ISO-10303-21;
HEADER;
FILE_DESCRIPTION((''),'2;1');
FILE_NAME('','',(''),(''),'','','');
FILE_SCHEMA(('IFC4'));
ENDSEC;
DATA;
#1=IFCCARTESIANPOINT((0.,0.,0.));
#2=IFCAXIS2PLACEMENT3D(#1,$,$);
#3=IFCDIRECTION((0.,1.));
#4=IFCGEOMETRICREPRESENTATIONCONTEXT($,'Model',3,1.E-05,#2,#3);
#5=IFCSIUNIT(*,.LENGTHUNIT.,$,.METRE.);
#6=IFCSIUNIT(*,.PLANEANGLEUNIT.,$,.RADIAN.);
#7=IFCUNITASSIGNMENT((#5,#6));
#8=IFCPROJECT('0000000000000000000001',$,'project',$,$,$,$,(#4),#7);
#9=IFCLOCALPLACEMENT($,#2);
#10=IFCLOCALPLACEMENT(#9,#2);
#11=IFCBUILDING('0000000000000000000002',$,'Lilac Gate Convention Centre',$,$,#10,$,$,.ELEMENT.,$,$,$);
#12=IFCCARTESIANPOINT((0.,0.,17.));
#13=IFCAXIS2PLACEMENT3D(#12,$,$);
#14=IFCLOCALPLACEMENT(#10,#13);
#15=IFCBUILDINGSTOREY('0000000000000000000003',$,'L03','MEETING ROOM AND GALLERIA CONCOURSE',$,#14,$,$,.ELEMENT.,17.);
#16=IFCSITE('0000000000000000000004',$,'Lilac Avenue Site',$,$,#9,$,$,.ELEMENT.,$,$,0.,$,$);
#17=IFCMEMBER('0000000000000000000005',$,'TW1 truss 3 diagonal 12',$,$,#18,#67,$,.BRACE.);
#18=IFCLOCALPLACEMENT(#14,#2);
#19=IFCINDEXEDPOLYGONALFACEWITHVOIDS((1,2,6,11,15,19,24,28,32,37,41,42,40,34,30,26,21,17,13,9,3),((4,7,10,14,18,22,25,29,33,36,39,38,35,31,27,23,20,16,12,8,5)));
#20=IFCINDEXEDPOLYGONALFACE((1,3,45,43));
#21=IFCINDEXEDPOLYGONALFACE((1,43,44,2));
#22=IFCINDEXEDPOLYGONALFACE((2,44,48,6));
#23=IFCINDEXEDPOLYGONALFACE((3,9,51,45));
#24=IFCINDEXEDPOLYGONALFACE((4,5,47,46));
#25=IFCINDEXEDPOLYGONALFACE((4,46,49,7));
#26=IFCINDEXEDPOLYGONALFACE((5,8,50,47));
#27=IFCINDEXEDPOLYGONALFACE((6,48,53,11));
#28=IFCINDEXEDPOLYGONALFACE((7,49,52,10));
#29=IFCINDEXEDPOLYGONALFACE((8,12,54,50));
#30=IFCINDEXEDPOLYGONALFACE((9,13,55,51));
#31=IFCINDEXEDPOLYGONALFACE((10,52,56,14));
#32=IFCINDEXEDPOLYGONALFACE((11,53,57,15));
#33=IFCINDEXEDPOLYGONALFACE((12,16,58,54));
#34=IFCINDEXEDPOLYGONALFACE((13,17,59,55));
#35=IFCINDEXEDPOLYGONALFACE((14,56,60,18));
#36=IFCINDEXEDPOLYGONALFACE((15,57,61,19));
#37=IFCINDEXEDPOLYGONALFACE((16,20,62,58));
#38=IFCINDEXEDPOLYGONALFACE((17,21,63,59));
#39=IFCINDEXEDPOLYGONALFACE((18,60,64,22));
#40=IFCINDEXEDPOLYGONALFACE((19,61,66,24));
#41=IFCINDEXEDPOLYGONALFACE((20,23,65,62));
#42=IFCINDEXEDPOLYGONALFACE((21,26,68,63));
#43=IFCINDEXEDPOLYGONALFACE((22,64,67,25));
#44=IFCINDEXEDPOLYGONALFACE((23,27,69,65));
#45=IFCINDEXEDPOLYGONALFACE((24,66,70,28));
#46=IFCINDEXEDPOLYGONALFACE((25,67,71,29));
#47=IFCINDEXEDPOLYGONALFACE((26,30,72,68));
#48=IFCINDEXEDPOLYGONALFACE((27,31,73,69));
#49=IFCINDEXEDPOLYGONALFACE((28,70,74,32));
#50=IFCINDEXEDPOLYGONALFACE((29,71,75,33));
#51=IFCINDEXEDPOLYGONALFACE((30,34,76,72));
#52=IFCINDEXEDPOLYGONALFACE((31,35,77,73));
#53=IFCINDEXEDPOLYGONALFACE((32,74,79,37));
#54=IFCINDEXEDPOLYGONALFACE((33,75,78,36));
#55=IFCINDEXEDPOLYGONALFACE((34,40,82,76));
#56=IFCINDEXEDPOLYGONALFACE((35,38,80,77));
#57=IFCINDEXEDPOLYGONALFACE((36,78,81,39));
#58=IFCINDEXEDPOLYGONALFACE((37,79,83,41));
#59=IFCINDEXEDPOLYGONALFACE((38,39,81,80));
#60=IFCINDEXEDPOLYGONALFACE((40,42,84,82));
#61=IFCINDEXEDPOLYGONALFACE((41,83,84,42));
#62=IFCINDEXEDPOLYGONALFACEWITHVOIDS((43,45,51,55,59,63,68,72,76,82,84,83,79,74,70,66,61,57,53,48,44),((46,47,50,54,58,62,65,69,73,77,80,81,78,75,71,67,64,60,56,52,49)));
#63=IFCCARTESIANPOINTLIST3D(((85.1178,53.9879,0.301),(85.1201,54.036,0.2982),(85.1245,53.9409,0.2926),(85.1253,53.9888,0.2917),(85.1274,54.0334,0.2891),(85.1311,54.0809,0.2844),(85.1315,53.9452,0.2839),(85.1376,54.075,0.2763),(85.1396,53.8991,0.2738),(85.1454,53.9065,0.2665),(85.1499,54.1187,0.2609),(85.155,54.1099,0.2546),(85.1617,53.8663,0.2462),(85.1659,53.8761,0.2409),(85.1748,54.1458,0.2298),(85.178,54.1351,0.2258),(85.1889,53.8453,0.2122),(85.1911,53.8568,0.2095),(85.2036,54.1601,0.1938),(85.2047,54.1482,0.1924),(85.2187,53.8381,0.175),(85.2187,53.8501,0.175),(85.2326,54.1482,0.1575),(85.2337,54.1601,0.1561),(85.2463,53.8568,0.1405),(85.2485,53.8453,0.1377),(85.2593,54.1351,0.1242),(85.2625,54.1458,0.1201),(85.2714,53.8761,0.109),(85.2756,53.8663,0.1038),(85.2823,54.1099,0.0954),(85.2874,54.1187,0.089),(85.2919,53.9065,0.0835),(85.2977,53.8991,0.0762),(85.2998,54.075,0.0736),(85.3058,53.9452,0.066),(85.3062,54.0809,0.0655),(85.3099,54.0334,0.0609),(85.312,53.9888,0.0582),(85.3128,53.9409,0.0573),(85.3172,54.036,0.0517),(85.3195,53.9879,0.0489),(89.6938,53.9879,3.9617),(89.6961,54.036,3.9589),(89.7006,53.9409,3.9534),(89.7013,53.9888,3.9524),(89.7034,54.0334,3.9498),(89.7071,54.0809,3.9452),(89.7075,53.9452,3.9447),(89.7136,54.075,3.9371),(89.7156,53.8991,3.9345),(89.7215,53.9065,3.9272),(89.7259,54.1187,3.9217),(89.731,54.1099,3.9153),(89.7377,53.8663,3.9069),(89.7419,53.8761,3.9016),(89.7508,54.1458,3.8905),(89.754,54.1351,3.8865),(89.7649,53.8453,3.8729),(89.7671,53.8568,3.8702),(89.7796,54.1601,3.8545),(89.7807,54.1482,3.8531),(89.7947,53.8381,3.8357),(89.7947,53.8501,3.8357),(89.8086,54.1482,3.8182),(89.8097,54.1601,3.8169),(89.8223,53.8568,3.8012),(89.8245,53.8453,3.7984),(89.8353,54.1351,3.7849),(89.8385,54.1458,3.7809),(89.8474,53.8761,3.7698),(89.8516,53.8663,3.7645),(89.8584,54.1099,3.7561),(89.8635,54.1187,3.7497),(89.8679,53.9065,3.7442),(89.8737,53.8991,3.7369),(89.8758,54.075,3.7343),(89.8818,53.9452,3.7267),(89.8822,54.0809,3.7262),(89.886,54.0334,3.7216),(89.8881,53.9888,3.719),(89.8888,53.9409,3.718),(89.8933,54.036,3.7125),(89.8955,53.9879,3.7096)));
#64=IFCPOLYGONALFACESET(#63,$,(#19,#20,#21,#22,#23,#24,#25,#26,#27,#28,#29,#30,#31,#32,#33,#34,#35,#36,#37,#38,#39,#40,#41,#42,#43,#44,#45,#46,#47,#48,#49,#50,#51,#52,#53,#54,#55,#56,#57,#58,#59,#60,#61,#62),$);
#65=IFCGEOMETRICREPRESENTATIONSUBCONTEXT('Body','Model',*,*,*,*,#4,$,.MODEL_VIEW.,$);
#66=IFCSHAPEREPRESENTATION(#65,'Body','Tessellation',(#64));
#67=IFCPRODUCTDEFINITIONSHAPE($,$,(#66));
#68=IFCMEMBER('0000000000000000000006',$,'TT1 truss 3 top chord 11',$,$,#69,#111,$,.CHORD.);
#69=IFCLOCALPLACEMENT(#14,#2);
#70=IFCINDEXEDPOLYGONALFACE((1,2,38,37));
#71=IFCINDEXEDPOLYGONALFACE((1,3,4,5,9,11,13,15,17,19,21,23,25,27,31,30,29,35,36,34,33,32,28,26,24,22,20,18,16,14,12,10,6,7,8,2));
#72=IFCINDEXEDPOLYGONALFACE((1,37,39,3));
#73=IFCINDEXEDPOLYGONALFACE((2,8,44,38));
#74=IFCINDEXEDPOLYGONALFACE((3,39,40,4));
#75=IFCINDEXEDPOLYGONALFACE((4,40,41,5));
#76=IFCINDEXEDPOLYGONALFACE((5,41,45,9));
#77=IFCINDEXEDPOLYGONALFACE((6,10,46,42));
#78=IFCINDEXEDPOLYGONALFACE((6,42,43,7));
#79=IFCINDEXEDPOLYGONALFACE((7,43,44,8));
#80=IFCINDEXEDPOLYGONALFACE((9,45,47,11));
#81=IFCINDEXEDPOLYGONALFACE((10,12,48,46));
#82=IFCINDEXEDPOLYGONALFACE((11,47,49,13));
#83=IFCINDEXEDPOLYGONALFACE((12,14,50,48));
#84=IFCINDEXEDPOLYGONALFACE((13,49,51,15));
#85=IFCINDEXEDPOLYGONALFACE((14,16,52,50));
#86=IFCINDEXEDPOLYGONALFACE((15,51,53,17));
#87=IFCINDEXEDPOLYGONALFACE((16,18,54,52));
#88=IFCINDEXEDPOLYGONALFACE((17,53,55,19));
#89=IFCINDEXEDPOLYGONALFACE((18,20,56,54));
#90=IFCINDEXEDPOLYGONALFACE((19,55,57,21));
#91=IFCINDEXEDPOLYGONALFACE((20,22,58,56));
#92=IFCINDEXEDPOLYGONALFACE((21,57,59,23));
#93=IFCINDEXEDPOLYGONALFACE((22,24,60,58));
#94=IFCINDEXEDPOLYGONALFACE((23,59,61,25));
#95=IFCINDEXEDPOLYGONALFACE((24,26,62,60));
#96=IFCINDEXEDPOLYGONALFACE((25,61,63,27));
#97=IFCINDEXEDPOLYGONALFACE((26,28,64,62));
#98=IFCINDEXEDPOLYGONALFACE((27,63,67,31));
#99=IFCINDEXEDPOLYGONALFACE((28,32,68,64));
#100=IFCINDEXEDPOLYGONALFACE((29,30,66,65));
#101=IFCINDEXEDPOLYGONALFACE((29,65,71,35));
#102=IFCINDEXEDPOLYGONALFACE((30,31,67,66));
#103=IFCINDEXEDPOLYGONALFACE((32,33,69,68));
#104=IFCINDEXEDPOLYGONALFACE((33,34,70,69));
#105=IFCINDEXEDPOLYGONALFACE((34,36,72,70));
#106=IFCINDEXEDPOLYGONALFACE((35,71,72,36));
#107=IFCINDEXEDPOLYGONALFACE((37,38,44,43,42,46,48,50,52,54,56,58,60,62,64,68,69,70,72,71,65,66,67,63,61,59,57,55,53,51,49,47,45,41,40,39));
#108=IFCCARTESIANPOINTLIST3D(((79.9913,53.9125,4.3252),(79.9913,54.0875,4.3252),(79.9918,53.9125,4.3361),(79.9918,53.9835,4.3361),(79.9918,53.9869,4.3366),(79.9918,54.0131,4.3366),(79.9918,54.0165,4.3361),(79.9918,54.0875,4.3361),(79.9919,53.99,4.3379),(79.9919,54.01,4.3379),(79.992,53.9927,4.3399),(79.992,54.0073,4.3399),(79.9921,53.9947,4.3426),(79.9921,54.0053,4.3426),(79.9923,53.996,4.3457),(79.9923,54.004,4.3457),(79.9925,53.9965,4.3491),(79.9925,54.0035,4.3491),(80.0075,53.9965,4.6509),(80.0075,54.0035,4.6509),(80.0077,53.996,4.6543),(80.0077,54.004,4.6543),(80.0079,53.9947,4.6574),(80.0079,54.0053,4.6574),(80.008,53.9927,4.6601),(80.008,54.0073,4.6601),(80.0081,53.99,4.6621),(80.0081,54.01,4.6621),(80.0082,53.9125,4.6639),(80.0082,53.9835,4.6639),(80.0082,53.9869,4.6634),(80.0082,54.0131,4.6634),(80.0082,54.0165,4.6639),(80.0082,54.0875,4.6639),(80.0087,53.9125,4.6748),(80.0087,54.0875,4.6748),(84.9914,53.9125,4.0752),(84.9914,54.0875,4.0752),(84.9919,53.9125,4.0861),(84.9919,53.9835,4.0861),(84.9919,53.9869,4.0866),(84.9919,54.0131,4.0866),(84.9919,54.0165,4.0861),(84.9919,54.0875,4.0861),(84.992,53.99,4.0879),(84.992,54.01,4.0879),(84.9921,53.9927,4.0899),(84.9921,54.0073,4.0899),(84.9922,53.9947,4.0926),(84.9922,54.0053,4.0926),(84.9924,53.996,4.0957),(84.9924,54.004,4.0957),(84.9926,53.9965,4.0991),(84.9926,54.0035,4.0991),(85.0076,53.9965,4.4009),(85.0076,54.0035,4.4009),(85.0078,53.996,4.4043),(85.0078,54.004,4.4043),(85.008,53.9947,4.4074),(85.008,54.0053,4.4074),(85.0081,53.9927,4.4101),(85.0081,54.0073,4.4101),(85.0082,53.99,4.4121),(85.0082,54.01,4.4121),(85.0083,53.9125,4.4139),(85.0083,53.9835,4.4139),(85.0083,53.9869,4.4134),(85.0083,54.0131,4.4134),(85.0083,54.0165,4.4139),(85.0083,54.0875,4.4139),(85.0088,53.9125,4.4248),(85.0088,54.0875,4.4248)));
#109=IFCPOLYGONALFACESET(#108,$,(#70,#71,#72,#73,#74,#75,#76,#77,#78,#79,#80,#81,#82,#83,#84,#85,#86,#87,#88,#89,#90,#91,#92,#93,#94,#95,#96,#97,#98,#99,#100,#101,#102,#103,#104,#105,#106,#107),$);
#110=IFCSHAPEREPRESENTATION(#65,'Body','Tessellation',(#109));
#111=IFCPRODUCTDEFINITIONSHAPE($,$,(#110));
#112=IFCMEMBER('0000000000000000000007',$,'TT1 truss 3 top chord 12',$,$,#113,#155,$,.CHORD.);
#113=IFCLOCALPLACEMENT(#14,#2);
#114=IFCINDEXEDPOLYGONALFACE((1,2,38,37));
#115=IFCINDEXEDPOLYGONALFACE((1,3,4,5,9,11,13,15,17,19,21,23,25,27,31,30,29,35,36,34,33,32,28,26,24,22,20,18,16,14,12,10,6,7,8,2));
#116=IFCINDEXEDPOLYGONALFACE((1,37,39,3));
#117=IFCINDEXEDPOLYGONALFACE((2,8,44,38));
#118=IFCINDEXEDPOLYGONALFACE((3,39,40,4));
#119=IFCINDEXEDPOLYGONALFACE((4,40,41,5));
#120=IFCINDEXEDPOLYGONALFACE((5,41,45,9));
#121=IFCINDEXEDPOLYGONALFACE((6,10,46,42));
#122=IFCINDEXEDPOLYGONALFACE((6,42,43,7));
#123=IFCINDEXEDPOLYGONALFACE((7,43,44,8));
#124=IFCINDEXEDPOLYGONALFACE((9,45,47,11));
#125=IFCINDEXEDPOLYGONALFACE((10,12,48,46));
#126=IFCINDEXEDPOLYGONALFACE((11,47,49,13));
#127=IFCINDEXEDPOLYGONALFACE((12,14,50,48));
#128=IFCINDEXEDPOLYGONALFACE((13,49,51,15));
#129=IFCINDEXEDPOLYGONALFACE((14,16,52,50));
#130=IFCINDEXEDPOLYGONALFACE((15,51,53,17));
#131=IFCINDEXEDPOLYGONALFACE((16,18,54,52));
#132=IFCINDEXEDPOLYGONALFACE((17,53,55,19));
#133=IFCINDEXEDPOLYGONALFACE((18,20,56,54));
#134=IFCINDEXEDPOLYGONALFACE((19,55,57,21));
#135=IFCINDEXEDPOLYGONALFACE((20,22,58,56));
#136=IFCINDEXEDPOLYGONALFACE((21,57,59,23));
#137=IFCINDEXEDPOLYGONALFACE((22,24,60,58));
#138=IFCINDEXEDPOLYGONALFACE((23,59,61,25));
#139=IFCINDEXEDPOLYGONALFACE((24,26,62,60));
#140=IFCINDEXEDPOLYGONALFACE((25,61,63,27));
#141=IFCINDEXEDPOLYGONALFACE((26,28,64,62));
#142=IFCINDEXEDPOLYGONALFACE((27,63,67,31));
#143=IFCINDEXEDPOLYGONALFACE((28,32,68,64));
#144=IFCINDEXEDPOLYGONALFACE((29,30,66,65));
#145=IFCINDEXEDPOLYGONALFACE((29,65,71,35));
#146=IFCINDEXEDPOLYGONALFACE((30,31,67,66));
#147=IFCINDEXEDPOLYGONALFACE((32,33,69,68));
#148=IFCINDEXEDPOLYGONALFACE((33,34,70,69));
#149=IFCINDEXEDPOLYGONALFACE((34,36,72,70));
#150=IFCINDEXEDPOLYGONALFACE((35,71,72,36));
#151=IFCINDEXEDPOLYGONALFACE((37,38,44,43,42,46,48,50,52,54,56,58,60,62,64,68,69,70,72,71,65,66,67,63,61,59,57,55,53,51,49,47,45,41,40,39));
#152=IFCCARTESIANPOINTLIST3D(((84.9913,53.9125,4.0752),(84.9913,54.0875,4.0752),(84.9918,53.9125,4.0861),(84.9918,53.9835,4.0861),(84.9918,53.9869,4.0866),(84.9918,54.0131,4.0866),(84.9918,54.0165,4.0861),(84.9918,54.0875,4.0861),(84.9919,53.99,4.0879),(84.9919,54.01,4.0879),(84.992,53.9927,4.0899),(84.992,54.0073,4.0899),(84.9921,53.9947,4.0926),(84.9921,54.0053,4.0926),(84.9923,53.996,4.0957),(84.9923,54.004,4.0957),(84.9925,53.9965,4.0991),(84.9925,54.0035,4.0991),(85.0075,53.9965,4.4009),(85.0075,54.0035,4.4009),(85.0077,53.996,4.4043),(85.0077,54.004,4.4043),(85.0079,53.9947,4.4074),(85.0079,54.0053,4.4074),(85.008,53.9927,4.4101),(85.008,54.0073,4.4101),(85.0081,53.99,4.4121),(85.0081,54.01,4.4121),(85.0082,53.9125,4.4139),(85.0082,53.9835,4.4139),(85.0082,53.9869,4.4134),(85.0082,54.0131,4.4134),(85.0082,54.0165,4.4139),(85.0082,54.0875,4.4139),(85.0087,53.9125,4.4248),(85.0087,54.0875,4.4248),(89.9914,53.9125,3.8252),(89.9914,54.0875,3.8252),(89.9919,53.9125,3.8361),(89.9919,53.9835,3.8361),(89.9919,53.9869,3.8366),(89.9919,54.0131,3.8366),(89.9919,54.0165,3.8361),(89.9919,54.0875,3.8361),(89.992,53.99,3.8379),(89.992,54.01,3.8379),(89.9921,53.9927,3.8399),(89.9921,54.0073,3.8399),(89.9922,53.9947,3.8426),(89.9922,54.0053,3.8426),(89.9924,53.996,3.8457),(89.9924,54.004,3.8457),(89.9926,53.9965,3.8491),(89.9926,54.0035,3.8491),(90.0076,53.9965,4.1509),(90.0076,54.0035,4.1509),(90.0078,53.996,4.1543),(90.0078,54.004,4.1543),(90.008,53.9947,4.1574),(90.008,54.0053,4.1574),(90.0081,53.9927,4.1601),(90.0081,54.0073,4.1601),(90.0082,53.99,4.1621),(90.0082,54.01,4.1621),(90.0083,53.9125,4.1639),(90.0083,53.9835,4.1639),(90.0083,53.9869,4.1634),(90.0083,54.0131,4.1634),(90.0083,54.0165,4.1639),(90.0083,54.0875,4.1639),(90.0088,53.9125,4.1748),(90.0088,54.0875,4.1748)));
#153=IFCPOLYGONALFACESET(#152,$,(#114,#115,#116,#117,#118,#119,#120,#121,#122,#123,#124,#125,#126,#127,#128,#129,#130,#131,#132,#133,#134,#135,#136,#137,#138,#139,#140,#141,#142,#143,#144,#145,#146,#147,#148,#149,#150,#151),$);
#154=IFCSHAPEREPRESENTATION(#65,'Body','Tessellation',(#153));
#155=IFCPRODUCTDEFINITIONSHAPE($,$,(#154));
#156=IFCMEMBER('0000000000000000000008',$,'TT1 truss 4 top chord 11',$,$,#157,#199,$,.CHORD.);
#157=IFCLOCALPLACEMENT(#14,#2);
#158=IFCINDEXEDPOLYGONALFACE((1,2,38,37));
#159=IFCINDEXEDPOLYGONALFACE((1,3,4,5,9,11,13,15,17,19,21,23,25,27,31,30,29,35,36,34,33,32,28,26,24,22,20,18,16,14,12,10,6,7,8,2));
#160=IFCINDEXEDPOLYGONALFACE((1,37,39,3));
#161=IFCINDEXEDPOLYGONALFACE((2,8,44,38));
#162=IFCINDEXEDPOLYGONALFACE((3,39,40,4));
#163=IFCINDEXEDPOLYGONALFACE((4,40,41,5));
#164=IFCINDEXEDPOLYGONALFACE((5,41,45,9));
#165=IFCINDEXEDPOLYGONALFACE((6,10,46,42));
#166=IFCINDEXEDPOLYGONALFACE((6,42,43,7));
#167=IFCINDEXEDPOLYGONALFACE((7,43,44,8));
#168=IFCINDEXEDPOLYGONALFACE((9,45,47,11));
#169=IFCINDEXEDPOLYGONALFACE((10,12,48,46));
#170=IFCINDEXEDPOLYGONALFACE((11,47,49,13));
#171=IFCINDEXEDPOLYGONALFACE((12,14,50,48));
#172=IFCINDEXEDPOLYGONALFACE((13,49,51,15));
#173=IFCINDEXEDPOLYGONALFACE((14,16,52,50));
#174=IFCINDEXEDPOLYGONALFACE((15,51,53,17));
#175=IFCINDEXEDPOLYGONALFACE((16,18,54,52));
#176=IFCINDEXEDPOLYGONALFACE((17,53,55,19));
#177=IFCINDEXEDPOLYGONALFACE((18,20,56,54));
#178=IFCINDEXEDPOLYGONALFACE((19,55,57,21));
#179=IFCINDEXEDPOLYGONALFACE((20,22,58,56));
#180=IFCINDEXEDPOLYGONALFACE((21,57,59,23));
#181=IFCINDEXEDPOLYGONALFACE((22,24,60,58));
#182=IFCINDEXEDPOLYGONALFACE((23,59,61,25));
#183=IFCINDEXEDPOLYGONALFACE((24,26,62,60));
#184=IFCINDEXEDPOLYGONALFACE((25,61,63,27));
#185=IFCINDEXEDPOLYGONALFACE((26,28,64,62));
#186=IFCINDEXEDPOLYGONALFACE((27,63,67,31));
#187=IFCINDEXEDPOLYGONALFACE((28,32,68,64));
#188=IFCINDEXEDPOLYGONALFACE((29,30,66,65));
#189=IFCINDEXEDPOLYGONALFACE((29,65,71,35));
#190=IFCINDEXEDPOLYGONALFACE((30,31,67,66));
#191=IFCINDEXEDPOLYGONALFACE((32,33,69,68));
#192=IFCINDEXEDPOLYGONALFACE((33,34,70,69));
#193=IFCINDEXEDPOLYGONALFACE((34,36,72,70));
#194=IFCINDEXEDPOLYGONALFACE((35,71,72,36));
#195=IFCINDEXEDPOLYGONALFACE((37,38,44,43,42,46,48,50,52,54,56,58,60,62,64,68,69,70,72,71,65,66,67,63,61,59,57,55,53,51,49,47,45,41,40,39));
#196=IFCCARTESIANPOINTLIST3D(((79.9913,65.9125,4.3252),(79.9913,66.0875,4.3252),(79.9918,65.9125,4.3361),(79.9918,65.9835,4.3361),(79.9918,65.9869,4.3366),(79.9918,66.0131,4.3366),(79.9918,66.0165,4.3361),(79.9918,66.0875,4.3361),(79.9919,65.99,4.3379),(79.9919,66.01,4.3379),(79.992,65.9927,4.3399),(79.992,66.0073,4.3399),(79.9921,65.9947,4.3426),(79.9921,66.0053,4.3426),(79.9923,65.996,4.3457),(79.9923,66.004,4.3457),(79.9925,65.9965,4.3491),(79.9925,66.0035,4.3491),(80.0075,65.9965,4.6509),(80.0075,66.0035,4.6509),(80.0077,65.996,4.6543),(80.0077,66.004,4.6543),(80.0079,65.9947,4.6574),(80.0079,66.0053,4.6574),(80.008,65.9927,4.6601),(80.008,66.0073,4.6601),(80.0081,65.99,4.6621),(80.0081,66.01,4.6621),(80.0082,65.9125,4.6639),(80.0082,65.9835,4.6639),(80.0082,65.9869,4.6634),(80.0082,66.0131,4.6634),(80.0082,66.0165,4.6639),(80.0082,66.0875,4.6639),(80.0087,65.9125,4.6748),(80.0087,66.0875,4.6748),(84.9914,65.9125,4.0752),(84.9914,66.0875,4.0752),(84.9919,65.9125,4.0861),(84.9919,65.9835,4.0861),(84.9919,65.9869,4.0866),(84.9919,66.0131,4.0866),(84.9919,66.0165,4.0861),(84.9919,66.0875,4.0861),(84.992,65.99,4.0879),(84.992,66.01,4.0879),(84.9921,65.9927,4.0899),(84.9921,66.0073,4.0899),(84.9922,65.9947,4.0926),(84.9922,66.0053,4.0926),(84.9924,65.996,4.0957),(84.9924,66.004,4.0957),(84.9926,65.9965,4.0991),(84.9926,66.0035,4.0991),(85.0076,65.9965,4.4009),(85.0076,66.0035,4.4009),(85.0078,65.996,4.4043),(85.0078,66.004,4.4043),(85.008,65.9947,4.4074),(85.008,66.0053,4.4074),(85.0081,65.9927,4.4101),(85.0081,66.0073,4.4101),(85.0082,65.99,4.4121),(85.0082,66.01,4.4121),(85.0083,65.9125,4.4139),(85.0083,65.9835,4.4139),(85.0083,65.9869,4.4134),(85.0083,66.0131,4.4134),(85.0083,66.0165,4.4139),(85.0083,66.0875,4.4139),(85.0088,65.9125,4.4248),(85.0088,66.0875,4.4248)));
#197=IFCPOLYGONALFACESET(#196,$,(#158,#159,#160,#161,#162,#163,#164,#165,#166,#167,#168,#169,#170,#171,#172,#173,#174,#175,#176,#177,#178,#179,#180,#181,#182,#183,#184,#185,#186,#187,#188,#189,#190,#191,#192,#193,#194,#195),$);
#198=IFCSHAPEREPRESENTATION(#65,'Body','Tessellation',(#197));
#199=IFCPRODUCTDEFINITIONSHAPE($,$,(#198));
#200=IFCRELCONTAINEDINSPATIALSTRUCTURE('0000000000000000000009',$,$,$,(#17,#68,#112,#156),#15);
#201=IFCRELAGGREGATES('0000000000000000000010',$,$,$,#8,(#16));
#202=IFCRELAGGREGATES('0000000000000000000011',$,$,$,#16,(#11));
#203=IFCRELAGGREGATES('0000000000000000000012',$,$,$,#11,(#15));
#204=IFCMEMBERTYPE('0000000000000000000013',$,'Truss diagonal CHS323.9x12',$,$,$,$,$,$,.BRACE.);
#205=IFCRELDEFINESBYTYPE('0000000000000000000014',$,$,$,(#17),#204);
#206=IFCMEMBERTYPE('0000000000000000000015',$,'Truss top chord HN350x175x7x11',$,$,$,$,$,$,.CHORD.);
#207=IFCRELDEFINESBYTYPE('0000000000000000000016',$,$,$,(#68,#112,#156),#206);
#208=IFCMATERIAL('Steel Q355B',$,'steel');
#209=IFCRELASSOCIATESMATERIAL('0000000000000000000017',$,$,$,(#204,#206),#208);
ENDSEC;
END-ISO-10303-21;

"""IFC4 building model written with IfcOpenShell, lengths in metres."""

from ifc_helpers import new_model, si_unit, direction, frame, origin, origin_2d, place, context, subcontext, project, spatial, hollow_circle, i_section, extrude, material, material_profile, profile_set, type_object, element, save


model = new_model("IFC4")

# Units and contexts
model_context = context("Model", 3, precision=1e-05, world=origin(), true_north=direction((0.0, 1.0)))
body_context = subcontext(model_context, "Body", "Model", "MODEL_VIEW")
ifc_project = project(units=[si_unit("LENGTHUNIT", "METRE"), si_unit("PLANEANGLEUNIT", "RADIAN")], contexts=[model_context])

# Site, building, storey
site_placement = place(None, origin())
site = spatial("IfcSite", under=ifc_project, at=site_placement, Name="Lilac Avenue Site", CompositionType="ELEMENT", RefElevation=0.0)
building_placement = place(site_placement, origin())
building = spatial("IfcBuilding", under=site, at=building_placement, Name="Lilac Gate Convention Centre", CompositionType="ELEMENT")
storey_placement = place(building_placement, frame((0.0, 0.0, 17.0)))
storey = spatial("IfcBuildingStorey", under=building, at=storey_placement, Name="L03", Description="MEETING ROOM AND GALLERIA CONCOURSE", CompositionType="ELEMENT", Elevation=17.0)

# Members
ifc_material = material(Name="Steel Q355B", Category="steel")
ifc_material_profile_1 = material_profile(ifc_material, hollow_circle(Radius=0.1619, WallThickness=0.012, at=origin_2d()), Name="CHS323.9x12")
ifc_profile_set_1 = profile_set([ifc_material_profile_1], Name="Steel Q355B")
member_type_1 = type_object("IfcMemberType", Name="Truss diagonal CHS323.9x12", PredefinedType="BRACE", material=ifc_profile_set_1)
member_1_placement = place(storey_placement, frame((89.7947, 54.0, 3.8357), z_axis=(-0.780877, 0.0, -0.624685), x_axis=(0.0, -1.0, 0.0)))
element("IfcMember", 1, at=member_1_placement, inside=storey, type_object=member_type_1, Name="TW1 truss 3 diagonal 12", PredefinedType="BRACE", context=body_context, shape_type="SweptSolid", body=[
    extrude(hollow_circle(Radius=0.1619, WallThickness=0.012, at=origin_2d()), origin(), (0.0, 0.0, 1.0), 5.8601),
])
ifc_material_profile_2 = material_profile(ifc_material, i_section(OverallWidth=0.175, OverallDepth=0.3501, WebThickness=0.0071, FlangeThickness=0.011, FilletRadius=0.0129, at=origin_2d()), Name="HN350x175x7x11")
ifc_profile_set_2 = profile_set([ifc_material_profile_2], Name="Steel Q355B")
member_type_2 = type_object("IfcMemberType", Name="Truss top chord HN350x175x7x11", PredefinedType="CHORD", material=ifc_profile_set_2)
for number, where, z_axis, x_axis, name in (
    (2, (80.0, 54.0, 4.5), (0.998752, 0.0, -0.049938), (0.0, 1.0, 0.0), "TT1 truss 3 top chord 11"),
    (3, (85.0, 54.0, 4.25), (0.998752, 0.0, -0.049938), (0.0, 1.0, 0.0), "TT1 truss 3 top chord 12"),
    (4, (80.0, 66.0, 4.5), (0.998752, 0.0, -0.049938), (0.0, 1.0, 0.0), "TT1 truss 4 top chord 11"),
):
    element("IfcMember", number, at=place(storey_placement, frame(where, z_axis=z_axis, x_axis=x_axis)), inside=storey, type_object=member_type_2, Name=name, PredefinedType="CHORD", context=body_context, shape_type="SweptSolid", body=[
        extrude(i_section(OverallWidth=0.175, OverallDepth=0.3501, WebThickness=0.0071, FlangeThickness=0.011, FilletRadius=0.0129, at=origin_2d()), origin(), (0.0, 0.0, 1.0), 5.0063),
    ])

save(model, "model.ifc")
